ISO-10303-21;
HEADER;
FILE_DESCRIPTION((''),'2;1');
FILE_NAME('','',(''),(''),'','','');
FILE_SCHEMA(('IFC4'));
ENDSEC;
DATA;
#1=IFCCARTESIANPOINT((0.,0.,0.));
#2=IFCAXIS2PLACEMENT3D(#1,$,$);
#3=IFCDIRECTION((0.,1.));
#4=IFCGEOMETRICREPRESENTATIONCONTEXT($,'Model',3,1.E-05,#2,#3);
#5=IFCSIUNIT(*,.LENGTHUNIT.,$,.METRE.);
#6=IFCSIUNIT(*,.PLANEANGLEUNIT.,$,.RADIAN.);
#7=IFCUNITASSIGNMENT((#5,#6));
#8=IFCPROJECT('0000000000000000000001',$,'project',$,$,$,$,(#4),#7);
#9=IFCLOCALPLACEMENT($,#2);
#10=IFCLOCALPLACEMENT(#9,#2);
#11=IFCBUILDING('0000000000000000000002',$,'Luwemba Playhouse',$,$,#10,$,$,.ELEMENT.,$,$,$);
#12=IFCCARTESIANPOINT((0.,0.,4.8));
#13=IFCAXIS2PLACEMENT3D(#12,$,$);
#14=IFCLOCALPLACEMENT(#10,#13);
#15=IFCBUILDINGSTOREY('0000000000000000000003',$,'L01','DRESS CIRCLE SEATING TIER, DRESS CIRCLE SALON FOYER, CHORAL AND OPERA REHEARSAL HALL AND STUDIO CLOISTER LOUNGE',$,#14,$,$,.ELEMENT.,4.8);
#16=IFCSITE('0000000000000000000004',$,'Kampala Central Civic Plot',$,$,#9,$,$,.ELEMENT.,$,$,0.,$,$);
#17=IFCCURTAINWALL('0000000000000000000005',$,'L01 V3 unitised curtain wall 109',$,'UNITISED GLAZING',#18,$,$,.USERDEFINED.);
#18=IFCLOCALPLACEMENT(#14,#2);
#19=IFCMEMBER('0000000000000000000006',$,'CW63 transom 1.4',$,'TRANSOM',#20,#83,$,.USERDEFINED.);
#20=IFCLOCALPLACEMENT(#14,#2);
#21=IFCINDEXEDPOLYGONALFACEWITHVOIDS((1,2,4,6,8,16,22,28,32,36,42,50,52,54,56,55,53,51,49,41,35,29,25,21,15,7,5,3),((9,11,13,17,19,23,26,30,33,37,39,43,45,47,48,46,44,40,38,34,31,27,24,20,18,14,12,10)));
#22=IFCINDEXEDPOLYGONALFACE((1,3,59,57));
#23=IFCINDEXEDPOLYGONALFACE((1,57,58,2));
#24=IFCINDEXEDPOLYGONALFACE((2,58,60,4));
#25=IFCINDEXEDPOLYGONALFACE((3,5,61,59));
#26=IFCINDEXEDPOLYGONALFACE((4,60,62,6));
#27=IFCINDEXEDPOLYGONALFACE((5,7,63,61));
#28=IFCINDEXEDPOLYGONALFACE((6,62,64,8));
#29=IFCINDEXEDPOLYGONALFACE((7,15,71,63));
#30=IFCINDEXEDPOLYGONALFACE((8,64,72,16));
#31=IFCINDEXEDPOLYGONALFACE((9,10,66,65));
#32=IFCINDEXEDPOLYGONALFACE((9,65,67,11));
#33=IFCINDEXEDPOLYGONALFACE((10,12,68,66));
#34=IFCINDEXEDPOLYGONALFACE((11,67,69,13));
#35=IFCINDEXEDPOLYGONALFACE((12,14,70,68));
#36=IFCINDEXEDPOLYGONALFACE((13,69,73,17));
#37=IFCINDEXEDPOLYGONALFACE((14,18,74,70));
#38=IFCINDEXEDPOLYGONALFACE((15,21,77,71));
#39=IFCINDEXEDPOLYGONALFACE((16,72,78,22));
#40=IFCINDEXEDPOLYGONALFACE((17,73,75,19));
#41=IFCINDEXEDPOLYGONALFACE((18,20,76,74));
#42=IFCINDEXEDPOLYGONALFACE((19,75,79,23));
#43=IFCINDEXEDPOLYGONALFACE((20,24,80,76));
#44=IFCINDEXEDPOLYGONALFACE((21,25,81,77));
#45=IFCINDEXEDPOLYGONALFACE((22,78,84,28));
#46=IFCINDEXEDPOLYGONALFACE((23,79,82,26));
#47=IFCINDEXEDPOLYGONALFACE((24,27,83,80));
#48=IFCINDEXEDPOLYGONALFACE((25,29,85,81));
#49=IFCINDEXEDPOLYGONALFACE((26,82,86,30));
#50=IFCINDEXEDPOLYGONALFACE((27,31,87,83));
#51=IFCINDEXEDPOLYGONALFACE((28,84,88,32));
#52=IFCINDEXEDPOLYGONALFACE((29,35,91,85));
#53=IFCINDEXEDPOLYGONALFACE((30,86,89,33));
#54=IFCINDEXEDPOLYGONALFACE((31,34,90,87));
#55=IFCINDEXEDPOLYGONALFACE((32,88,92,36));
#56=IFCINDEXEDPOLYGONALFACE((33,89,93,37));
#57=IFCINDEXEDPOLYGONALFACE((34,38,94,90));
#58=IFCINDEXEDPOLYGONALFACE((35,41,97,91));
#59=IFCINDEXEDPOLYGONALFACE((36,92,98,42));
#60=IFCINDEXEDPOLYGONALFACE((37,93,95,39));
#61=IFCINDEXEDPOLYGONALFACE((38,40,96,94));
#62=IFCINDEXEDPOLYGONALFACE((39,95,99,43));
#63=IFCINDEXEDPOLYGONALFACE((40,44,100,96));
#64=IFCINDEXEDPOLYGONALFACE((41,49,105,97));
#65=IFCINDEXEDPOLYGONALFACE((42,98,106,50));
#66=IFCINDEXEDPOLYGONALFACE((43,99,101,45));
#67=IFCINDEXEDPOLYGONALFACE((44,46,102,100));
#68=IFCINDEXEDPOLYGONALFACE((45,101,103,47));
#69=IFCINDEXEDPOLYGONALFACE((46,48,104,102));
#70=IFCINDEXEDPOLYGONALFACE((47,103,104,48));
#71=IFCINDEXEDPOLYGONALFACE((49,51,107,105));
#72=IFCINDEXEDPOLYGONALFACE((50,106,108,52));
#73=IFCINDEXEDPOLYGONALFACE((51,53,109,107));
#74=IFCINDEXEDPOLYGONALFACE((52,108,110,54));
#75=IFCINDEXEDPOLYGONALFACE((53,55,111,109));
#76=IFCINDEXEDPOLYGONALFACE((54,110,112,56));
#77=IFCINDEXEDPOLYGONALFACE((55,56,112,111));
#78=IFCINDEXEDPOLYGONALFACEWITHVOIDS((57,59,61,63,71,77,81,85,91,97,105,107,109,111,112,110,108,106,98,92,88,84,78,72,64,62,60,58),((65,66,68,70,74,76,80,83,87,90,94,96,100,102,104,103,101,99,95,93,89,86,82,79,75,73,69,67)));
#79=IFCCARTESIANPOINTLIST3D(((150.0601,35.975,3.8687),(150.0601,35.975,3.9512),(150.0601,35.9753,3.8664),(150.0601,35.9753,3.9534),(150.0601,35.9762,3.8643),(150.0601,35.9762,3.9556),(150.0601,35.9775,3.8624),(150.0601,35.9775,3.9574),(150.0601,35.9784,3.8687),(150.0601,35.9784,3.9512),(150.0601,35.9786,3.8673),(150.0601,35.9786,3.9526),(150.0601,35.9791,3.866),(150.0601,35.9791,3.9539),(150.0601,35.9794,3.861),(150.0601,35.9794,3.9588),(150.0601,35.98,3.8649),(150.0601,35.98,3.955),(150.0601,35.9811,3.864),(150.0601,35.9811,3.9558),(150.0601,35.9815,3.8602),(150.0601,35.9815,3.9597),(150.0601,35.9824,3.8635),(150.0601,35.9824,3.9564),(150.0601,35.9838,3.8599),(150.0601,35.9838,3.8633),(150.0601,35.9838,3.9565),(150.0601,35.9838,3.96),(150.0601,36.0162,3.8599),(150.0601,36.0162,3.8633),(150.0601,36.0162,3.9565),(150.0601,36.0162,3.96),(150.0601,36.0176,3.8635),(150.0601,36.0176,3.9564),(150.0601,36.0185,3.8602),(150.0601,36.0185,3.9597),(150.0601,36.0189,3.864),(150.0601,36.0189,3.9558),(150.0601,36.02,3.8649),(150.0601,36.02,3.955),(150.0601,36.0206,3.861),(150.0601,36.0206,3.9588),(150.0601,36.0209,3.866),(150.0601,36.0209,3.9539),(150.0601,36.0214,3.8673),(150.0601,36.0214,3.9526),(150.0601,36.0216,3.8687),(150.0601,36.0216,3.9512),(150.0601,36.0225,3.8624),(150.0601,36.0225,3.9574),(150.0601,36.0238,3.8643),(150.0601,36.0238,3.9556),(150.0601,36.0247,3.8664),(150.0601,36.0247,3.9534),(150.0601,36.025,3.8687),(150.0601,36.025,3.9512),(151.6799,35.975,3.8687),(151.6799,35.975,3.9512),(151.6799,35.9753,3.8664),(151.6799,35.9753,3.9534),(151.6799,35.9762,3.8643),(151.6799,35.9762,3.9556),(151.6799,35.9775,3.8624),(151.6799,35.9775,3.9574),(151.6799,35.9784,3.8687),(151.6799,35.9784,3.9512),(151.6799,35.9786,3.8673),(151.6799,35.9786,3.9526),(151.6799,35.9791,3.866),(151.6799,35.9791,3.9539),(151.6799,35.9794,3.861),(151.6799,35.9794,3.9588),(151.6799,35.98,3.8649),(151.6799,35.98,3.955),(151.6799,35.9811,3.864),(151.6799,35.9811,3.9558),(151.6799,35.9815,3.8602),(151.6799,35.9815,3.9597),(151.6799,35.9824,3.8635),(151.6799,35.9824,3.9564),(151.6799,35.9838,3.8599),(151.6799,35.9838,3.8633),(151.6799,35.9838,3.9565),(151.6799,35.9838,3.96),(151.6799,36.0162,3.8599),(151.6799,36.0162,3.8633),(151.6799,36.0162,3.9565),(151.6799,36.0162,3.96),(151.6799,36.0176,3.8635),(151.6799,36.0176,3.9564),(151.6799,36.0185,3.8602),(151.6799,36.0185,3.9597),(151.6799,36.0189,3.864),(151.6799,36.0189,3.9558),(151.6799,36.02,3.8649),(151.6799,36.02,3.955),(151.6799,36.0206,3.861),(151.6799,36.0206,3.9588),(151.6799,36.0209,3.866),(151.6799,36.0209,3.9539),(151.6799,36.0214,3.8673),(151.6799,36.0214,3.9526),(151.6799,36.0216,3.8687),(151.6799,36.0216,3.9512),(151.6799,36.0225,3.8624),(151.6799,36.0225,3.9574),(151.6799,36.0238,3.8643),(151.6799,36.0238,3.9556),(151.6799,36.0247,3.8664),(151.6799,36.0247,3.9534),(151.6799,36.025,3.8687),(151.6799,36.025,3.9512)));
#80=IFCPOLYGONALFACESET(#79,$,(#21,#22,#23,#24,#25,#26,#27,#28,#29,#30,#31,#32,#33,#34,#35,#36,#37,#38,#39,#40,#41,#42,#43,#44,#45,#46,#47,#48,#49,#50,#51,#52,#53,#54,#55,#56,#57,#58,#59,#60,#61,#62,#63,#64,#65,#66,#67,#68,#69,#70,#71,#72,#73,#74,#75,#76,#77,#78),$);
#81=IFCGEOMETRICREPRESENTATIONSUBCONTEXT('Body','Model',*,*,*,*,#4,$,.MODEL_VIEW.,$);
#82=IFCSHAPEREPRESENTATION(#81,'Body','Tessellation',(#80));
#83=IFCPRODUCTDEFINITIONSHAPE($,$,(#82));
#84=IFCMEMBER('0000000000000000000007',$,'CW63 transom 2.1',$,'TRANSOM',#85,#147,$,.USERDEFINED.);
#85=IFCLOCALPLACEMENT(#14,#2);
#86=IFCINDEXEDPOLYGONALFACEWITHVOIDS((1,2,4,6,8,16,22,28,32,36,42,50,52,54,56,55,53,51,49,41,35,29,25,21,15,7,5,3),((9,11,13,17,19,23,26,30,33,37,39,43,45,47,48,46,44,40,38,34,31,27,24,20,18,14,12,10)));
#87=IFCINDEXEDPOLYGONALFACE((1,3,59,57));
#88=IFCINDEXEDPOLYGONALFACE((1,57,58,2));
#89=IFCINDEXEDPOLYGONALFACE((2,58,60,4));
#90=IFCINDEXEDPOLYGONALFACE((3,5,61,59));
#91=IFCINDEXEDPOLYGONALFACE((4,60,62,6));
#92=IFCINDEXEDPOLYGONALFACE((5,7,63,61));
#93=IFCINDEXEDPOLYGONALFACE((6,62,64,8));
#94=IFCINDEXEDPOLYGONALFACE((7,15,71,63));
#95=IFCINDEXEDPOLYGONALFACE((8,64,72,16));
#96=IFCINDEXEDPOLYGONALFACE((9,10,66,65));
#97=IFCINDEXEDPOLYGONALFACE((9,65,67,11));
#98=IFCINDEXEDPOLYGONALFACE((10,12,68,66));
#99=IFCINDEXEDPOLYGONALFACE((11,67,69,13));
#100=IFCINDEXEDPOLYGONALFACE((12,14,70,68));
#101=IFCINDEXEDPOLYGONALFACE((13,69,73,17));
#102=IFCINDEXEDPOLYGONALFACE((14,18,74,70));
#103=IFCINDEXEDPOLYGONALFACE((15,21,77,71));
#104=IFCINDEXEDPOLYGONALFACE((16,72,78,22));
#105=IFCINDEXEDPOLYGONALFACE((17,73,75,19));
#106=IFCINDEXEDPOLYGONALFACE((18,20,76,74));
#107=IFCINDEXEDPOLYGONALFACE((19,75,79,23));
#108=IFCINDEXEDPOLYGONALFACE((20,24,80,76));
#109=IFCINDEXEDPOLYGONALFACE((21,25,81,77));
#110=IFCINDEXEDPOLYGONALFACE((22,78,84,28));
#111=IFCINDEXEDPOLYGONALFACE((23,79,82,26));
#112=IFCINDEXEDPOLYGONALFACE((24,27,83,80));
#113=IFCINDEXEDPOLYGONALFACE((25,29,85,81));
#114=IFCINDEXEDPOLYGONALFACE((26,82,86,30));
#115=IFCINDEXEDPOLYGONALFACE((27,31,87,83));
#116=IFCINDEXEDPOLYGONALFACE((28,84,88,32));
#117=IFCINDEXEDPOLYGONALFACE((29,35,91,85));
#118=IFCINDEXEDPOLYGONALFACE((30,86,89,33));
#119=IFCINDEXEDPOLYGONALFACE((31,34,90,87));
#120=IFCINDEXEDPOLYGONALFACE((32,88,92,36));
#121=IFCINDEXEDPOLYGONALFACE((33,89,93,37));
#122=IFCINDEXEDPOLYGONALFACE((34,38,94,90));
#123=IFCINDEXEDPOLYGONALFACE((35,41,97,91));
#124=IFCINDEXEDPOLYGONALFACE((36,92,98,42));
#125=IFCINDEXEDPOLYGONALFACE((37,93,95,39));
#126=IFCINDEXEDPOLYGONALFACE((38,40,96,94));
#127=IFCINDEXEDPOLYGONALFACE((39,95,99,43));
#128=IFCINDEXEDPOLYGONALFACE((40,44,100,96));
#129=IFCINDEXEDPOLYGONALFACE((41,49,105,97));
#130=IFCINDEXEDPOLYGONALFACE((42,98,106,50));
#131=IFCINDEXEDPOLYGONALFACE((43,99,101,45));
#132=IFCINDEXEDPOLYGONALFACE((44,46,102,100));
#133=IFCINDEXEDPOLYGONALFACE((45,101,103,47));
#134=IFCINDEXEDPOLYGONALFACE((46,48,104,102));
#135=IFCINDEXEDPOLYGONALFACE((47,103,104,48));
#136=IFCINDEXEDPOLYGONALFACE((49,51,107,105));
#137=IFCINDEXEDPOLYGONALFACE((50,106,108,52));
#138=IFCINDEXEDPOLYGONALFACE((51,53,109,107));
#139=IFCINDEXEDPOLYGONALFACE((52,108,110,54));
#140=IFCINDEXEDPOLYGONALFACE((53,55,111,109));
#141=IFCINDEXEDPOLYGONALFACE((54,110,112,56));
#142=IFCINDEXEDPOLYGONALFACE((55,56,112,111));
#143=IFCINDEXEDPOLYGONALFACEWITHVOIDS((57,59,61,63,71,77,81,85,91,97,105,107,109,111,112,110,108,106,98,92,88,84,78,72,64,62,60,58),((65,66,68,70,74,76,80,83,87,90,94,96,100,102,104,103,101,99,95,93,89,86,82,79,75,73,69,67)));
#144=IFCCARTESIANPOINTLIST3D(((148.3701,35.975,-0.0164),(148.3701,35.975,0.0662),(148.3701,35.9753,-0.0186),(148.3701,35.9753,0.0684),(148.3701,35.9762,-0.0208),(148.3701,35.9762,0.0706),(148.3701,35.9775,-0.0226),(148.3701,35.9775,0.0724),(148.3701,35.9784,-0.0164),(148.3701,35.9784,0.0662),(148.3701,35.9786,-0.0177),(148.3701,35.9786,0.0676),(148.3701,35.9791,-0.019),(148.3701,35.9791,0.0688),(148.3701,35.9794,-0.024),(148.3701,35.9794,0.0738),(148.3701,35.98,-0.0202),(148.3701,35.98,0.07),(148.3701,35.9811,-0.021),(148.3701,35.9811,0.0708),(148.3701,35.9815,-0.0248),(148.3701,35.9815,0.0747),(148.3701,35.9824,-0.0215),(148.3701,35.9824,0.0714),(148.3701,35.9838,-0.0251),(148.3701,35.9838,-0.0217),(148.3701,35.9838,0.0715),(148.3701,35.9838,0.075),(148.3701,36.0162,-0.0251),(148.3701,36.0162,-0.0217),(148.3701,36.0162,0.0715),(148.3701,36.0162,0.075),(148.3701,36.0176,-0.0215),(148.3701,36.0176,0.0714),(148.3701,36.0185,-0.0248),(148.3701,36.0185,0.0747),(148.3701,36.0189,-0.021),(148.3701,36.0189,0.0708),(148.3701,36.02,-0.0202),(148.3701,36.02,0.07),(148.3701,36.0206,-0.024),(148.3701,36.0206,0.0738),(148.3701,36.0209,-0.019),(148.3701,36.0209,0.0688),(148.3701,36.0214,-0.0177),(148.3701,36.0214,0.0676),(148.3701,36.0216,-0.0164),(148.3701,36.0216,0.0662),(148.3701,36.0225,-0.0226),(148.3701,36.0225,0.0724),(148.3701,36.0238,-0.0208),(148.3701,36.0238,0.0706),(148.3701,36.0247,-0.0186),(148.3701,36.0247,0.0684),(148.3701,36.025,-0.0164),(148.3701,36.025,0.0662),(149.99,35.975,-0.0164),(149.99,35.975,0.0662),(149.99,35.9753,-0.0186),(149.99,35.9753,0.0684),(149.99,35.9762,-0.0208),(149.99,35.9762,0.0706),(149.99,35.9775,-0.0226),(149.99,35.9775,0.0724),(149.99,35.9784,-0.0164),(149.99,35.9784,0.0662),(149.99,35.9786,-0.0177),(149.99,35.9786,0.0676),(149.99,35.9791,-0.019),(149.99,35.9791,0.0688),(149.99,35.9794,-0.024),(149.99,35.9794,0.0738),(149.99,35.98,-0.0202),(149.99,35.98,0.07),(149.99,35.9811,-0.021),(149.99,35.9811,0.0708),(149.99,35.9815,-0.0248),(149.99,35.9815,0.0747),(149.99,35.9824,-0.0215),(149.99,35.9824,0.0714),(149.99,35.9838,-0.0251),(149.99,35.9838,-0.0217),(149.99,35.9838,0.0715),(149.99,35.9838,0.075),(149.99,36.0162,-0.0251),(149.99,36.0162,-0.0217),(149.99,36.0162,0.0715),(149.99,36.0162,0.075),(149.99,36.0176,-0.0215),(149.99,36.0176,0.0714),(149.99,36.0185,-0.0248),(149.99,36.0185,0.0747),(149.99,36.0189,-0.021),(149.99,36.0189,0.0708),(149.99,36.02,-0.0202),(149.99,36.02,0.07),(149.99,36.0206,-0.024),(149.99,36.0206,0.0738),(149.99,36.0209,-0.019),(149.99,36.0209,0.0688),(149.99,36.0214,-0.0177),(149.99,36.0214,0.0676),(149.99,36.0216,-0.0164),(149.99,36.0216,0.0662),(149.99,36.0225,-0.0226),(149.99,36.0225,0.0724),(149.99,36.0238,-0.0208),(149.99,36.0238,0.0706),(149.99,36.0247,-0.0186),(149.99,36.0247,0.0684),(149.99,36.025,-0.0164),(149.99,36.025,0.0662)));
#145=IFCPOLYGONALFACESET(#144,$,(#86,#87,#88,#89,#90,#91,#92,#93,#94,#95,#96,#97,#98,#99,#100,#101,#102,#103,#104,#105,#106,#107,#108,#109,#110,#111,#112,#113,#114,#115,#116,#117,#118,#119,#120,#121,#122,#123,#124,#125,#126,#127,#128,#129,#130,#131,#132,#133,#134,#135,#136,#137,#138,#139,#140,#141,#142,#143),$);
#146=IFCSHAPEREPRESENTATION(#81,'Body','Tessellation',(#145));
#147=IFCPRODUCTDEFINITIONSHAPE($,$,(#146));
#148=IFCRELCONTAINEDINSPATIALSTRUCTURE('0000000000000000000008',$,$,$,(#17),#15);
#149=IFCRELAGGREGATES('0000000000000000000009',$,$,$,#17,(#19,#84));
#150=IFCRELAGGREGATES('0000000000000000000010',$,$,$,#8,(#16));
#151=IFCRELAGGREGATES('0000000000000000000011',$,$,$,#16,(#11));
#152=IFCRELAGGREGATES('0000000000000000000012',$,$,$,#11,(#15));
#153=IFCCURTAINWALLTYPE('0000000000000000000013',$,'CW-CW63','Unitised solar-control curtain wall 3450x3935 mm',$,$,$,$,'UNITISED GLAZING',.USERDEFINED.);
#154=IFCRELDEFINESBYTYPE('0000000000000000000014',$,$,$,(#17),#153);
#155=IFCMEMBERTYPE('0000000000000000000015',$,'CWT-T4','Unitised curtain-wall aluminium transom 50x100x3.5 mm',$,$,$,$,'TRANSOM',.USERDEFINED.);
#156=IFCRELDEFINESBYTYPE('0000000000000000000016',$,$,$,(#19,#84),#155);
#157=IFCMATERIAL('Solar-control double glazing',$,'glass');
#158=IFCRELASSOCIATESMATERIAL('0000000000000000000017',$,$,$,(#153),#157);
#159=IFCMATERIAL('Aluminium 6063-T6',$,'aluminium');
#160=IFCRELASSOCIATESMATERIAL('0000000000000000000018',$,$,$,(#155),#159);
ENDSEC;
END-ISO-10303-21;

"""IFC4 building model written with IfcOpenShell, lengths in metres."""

from ifc_helpers import new_model, si_unit, direction, frame, origin, origin_2d, place, context, subcontext, project, spatial, hollow_rectangle, extrude, material, material_profile, profile_set, type_object, element, aggregate, save


model = new_model("IFC4")

# Units and contexts
model_context = context("Model", 3, precision=1e-05, world=origin(), true_north=direction((0.0, 1.0)))
body_context = subcontext(model_context, "Body", "Model", "MODEL_VIEW")
ifc_project = project(units=[si_unit("LENGTHUNIT", "METRE"), si_unit("PLANEANGLEUNIT", "RADIAN")], contexts=[model_context])

# Site, building, storey
site_placement = place(None, origin())
site = spatial("IfcSite", under=ifc_project, at=site_placement, Name="Kampala Central Civic Plot", CompositionType="ELEMENT", RefElevation=0.0)
building_placement = place(site_placement, origin())
building = spatial("IfcBuilding", under=site, at=building_placement, Name="Luwemba Playhouse", CompositionType="ELEMENT")
storey_placement = place(building_placement, frame((0.0, 0.0, 4.8)))
storey = spatial("IfcBuildingStorey", under=building, at=storey_placement, Name="L01", Description="DRESS CIRCLE SEATING TIER, DRESS CIRCLE SALON FOYER, CHORAL AND OPERA REHEARSAL HALL AND STUDIO CLOISTER LOUNGE", CompositionType="ELEMENT", Elevation=4.8)

# Curtain wall, members
ifc_material_1 = material(Name="Solar-control double glazing", Category="glass")
curtain_wall_type = type_object("IfcCurtainWallType", Name="CW-CW63", Description="Unitised solar-control curtain wall 3450x3935 mm", ElementType="UNITISED GLAZING", PredefinedType="USERDEFINED", material=ifc_material_1)
curtain_wall_placement = place(storey_placement, origin())
curtain_wall = element("IfcCurtainWall", 1, at=curtain_wall_placement, inside=storey, type_object=curtain_wall_type, Name="L01 V3 unitised curtain wall 109", ObjectType="UNITISED GLAZING", PredefinedType="USERDEFINED")
ifc_material_2 = material(Name="Aluminium 6063-T6", Category="aluminium")
ifc_material_profile_1 = material_profile(ifc_material_2, hollow_rectangle(XDim=0.05, YDim=0.1001, WallThickness=0.0034, InnerFilletRadius=0.0054, OuterFilletRadius=0.0088, at=origin_2d()))
ifc_profile_set_1 = profile_set([ifc_material_profile_1], Name="Aluminium 6063-T6")
member_type_1 = type_object("IfcMemberType", Name="CWT-T4", Description="Unitised curtain-wall aluminium transom 50x100x3.5 mm", ElementType="TRANSOM", PredefinedType="USERDEFINED", material=ifc_profile_set_1)
member_1_placement = place(storey_placement, frame((151.6799, 36.0, 3.9099), z_axis=(-1.0, 0.0, 0.0), x_axis=(0.0, -1.0, 0.0)))
member_1 = element("IfcMember", 2, at=member_1_placement, type_object=member_type_1, Name="CW63 transom 1.4", ObjectType="TRANSOM", PredefinedType="USERDEFINED", context=body_context, shape_type="SweptSolid", body=[
    extrude(hollow_rectangle(XDim=0.05, YDim=0.1001, WallThickness=0.0034, InnerFilletRadius=0.0054, OuterFilletRadius=0.0088, at=origin_2d()), origin(), (0.0, 0.0, 1.0), 1.6199),
])
member_2_placement = place(storey_placement, frame((149.99, 36.0, 0.0249), z_axis=(-1.0, 0.0, 0.0), x_axis=(0.0, -1.0, 0.0)))
member_2 = element("IfcMember", 3, at=member_2_placement, type_object=member_type_1, Name="CW63 transom 2.1", ObjectType="TRANSOM", PredefinedType="USERDEFINED", context=body_context, shape_type="SweptSolid", body=[
    extrude(hollow_rectangle(XDim=0.05, YDim=0.1001, WallThickness=0.0034, InnerFilletRadius=0.0054, OuterFilletRadius=0.0088, at=origin_2d()), origin(), (0.0, 0.0, 1.0), 1.6199),
])
aggregate(curtain_wall, [member_1, member_2])

save(model, "model.ifc")
